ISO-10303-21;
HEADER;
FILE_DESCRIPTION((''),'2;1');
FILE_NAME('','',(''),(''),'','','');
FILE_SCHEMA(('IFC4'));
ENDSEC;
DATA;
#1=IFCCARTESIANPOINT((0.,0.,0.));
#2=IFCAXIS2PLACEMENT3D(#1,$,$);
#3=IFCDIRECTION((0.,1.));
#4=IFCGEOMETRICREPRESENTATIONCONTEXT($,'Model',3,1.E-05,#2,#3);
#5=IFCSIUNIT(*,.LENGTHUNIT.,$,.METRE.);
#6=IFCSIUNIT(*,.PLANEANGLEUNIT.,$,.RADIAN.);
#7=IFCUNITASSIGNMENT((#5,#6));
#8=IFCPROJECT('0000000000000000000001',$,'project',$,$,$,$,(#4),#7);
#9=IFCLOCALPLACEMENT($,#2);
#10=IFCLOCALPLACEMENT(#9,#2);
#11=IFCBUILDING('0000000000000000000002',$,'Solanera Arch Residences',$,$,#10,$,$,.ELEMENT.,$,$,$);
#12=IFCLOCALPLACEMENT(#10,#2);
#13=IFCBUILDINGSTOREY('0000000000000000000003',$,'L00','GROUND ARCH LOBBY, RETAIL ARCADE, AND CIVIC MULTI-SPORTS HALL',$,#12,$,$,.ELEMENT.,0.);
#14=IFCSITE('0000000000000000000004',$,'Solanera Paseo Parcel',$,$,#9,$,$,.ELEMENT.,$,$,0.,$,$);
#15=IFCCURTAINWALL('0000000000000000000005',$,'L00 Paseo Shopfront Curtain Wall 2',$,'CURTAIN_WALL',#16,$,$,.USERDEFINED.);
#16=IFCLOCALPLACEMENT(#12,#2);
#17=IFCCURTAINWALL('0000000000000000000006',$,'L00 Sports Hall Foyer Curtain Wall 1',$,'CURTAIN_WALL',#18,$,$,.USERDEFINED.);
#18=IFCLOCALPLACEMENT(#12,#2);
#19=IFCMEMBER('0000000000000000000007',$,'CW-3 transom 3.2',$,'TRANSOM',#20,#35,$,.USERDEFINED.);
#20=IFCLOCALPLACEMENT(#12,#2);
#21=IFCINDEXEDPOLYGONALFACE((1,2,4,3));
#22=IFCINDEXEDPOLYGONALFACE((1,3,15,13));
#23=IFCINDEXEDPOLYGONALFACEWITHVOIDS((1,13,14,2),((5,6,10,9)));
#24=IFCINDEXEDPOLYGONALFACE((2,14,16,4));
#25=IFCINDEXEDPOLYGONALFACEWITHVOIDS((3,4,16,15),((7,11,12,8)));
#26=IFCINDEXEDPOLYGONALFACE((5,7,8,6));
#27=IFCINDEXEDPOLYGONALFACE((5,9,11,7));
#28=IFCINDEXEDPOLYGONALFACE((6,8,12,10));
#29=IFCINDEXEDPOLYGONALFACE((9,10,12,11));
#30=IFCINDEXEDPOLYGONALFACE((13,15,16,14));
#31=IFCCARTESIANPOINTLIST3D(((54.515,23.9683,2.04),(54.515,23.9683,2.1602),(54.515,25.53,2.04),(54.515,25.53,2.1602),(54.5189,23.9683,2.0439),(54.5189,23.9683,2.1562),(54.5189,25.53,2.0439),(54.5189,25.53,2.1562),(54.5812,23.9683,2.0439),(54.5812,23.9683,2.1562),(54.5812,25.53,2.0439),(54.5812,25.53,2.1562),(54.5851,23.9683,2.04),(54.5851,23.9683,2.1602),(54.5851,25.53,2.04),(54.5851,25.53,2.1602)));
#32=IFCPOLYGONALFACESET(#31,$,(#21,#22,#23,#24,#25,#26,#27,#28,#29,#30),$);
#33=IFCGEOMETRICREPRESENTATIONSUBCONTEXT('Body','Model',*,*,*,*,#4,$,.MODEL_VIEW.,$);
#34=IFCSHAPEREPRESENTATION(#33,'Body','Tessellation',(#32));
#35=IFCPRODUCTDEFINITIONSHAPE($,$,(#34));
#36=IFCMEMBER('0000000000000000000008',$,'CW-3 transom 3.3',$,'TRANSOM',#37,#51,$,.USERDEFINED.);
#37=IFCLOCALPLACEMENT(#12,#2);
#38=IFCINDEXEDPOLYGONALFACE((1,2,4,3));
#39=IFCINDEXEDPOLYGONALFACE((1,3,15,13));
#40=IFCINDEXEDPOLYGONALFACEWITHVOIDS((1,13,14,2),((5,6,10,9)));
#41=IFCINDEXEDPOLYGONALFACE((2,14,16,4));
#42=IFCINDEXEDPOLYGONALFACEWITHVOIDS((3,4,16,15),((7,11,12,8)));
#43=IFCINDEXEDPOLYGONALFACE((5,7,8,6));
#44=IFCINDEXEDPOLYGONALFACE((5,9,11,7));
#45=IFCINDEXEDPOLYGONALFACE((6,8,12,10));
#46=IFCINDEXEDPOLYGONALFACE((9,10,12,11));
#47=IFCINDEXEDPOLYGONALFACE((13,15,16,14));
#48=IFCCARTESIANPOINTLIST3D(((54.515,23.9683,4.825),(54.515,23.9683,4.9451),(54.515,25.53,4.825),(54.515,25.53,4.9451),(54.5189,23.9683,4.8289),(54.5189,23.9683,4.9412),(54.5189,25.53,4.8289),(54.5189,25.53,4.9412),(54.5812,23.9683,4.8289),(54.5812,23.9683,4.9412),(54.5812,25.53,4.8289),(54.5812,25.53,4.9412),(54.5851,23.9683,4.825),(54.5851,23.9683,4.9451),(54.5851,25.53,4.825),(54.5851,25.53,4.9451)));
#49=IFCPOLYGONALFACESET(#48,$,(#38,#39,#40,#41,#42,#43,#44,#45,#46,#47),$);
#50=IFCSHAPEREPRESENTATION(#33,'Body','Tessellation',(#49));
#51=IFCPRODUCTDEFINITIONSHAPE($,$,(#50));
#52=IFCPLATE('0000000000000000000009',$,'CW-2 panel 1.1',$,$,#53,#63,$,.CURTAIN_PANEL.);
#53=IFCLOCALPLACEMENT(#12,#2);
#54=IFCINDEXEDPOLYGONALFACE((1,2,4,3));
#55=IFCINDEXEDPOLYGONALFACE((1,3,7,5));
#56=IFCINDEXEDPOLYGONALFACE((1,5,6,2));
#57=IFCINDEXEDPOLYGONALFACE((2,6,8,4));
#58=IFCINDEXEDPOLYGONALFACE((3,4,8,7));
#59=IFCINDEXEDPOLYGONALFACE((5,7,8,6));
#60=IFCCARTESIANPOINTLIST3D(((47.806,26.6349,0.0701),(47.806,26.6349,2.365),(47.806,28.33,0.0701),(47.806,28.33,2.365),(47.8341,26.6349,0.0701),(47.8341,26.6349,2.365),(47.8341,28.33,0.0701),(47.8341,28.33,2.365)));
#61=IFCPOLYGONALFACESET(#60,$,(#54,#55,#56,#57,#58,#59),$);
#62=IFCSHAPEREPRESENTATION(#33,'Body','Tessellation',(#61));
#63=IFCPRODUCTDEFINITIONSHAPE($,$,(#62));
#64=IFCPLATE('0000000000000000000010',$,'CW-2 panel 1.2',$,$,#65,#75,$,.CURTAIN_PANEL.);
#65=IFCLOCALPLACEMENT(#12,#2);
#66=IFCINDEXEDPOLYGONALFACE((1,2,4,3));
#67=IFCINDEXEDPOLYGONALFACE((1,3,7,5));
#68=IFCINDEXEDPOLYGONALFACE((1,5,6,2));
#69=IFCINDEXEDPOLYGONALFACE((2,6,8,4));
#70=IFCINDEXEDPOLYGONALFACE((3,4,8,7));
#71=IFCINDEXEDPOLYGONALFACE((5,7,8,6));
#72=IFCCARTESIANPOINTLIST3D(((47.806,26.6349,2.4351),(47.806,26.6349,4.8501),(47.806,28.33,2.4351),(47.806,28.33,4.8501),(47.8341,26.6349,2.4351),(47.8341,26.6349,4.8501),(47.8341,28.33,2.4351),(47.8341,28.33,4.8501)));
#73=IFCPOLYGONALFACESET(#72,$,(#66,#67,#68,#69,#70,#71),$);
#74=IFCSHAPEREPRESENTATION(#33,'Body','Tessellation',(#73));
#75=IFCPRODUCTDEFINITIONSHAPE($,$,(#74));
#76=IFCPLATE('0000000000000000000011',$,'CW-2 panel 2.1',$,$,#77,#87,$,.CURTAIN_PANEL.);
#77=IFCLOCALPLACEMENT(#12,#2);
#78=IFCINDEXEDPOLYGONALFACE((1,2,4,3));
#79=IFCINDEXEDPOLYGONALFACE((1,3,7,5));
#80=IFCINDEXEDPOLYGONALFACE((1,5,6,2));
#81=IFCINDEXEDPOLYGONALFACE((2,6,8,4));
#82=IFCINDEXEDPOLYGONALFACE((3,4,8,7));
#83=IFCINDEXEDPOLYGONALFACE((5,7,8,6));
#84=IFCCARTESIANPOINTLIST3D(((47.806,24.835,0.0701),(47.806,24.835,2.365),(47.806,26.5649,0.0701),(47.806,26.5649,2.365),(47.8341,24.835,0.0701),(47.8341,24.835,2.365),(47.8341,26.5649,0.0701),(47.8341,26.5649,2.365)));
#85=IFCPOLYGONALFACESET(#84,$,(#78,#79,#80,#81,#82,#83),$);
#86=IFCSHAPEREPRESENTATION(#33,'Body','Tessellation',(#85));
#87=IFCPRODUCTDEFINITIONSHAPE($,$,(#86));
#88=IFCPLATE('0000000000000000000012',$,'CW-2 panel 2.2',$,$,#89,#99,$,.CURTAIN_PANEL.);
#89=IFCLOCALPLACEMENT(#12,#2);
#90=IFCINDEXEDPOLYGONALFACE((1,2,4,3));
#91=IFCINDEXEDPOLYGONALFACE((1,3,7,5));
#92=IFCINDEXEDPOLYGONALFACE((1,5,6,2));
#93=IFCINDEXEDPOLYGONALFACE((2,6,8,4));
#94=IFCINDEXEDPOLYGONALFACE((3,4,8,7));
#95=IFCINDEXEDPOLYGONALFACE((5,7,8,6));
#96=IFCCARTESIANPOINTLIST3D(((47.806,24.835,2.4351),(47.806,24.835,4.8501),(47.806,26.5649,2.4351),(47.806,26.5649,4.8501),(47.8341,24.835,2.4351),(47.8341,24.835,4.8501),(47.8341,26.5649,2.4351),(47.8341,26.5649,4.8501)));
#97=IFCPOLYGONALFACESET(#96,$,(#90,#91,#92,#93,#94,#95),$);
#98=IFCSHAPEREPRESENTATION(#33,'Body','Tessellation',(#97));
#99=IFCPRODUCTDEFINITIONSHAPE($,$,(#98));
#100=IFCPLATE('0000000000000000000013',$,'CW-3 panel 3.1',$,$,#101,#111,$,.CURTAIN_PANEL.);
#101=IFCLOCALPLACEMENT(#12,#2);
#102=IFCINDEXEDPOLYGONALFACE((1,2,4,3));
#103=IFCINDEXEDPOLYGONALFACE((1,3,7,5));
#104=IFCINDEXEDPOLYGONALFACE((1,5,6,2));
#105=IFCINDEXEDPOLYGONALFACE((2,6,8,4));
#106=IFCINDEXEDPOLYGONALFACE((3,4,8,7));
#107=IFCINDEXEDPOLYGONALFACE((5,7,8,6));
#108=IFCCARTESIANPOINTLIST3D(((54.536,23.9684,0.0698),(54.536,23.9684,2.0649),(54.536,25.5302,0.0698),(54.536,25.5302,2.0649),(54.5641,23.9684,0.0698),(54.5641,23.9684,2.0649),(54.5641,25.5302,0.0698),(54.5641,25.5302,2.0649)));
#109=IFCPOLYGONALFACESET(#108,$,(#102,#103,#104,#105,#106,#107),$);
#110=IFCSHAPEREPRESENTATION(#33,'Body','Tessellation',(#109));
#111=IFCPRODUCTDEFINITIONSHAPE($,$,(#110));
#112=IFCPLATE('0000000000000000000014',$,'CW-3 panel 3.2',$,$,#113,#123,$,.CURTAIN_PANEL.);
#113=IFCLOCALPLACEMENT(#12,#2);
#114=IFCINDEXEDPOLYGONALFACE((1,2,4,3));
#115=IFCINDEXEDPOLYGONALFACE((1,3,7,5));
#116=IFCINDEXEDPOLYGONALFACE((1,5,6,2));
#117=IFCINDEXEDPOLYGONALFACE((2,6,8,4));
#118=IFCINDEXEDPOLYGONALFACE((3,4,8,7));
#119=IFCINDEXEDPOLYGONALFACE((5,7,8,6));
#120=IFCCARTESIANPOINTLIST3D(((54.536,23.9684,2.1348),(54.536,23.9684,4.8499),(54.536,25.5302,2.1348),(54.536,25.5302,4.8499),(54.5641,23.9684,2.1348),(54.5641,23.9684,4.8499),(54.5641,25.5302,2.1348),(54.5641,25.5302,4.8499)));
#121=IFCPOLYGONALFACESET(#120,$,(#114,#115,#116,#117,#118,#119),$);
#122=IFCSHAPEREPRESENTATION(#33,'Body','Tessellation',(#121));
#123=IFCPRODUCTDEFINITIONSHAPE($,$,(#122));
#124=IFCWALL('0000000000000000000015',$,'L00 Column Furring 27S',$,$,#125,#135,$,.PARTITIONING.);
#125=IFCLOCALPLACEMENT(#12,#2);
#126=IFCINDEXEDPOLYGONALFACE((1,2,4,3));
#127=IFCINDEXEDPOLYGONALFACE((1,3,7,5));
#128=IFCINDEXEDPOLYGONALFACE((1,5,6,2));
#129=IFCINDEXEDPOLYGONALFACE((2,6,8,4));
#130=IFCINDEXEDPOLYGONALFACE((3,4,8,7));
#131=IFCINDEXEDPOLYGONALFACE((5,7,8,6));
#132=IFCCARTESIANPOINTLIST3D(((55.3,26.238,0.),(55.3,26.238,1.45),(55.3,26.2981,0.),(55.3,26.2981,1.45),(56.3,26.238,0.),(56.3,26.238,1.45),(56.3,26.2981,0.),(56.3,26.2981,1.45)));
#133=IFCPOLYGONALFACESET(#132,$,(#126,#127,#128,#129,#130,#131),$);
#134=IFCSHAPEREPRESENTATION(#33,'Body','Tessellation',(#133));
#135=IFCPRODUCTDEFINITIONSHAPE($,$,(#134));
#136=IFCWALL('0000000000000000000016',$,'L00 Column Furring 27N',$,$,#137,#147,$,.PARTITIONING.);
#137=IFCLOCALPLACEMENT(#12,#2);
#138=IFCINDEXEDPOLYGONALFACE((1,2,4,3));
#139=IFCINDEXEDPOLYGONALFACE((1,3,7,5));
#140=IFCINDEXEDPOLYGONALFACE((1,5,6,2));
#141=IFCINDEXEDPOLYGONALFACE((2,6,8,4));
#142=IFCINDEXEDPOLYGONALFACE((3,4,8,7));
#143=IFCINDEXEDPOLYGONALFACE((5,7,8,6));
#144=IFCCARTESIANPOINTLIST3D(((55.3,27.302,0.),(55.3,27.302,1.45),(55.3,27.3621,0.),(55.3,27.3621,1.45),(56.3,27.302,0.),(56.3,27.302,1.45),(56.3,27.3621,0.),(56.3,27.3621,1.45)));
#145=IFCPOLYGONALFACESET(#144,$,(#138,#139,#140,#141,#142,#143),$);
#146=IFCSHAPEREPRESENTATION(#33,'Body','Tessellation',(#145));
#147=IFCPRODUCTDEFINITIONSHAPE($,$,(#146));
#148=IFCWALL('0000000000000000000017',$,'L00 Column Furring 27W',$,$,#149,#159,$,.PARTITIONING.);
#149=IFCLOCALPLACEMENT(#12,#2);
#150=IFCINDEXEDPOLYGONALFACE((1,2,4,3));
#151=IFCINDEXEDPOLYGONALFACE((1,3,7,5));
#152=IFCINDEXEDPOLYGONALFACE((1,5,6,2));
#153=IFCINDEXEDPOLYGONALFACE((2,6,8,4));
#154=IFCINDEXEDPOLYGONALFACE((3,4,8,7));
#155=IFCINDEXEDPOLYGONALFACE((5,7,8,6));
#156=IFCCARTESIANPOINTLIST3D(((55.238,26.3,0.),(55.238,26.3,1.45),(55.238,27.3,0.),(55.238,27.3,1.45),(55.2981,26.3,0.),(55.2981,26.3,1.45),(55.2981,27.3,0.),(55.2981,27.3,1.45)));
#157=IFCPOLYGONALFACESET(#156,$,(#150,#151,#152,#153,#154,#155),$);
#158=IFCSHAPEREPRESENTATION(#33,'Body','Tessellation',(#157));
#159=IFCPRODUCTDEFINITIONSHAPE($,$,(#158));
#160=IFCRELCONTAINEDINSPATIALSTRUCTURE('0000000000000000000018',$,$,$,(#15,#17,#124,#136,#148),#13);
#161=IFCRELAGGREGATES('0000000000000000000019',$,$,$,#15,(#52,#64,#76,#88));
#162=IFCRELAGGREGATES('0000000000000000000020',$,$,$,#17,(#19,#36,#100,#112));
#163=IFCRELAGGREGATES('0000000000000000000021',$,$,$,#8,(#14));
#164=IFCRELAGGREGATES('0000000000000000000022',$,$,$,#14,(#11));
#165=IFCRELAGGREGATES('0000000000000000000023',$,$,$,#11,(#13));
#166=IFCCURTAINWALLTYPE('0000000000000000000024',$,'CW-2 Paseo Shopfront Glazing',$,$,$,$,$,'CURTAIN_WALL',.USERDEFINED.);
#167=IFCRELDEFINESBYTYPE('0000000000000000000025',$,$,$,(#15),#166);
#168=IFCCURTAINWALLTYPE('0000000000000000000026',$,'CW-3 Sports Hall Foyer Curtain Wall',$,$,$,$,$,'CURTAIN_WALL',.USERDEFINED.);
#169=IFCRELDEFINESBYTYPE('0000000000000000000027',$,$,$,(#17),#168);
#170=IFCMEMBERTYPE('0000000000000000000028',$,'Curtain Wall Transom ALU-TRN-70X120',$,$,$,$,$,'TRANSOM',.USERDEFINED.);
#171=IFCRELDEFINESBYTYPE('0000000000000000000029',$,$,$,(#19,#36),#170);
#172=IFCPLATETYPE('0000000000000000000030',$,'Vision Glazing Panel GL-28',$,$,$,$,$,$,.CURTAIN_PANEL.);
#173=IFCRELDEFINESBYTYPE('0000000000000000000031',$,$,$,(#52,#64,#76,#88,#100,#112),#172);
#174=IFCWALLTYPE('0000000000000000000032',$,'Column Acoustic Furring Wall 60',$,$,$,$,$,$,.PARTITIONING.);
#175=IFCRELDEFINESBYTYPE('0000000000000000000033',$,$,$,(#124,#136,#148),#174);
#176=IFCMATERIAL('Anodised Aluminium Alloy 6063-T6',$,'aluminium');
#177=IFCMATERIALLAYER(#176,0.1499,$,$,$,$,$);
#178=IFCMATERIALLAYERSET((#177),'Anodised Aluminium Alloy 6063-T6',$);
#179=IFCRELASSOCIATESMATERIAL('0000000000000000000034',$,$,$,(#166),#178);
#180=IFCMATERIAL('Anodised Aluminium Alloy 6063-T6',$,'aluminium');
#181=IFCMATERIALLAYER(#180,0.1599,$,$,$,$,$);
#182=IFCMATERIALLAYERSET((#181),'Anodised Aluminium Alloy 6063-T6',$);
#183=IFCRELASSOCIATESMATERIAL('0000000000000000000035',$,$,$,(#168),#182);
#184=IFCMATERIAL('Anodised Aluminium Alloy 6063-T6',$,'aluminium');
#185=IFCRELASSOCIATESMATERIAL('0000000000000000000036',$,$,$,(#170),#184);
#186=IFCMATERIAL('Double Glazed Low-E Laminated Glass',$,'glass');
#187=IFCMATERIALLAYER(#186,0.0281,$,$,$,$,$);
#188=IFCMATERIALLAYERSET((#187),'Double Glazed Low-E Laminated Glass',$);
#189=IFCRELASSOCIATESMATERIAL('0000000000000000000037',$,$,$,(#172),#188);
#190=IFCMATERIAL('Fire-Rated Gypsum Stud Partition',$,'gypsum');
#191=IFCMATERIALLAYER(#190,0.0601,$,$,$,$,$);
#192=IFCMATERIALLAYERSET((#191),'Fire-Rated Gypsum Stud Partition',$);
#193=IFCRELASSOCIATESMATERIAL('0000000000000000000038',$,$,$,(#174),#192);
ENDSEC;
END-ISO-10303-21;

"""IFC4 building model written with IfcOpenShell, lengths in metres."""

from ifc_helpers import new_model, si_unit, direction, frame, frame_2d, origin, origin_2d, place, context, subcontext, project, spatial, rectangle, hollow_rectangle, extrude, material, layer, layer_set, material_profile, profile_set, type_object, element, aggregate, save


model = new_model("IFC4")

# Units and contexts
model_context = context("Model", 3, precision=1e-05, world=origin(), true_north=direction((0.0, 1.0)))
body_context = subcontext(model_context, "Body", "Model", "MODEL_VIEW")
ifc_project = project(units=[si_unit("LENGTHUNIT", "METRE"), si_unit("PLANEANGLEUNIT", "RADIAN")], contexts=[model_context])

# Site, building, storey
site_placement = place(None, origin())
site = spatial("IfcSite", under=ifc_project, at=site_placement, Name="Solanera Paseo Parcel", CompositionType="ELEMENT", RefElevation=0.0)
building_placement = place(site_placement, origin())
building = spatial("IfcBuilding", under=site, at=building_placement, Name="Solanera Arch Residences", CompositionType="ELEMENT")
storey_placement = place(building_placement, origin())
storey = spatial("IfcBuildingStorey", under=building, at=storey_placement, Name="L00", Description="GROUND ARCH LOBBY, RETAIL ARCADE, AND CIVIC MULTI-SPORTS HALL", CompositionType="ELEMENT", Elevation=0.0)

# Curtain walls
ifc_material_1 = material(Name="Anodised Aluminium Alloy 6063-T6", Category="aluminium")
ifc_layer_1 = layer(ifc_material_1, 0.1499)
ifc_layer_set_1 = layer_set([ifc_layer_1], Name="Anodised Aluminium Alloy 6063-T6")
curtain_wall_type_1 = type_object("IfcCurtainWallType", Name="CW-2 Paseo Shopfront Glazing", ElementType="CURTAIN_WALL", PredefinedType="USERDEFINED", material=ifc_layer_set_1)
curtain_wall_1_placement = place(storey_placement, origin())
curtain_wall_1 = element("IfcCurtainWall", 1, at=curtain_wall_1_placement, inside=storey, type_object=curtain_wall_type_1, Name="L00 Paseo Shopfront Curtain Wall 2", ObjectType="CURTAIN_WALL", PredefinedType="USERDEFINED")
ifc_material_2 = material(Name="Anodised Aluminium Alloy 6063-T6", Category="aluminium")
ifc_layer_2 = layer(ifc_material_2, 0.1599)
ifc_layer_set_2 = layer_set([ifc_layer_2], Name="Anodised Aluminium Alloy 6063-T6")
curtain_wall_type_2 = type_object("IfcCurtainWallType", Name="CW-3 Sports Hall Foyer Curtain Wall", ElementType="CURTAIN_WALL", PredefinedType="USERDEFINED", material=ifc_layer_set_2)
curtain_wall_2_placement = place(storey_placement, origin())
curtain_wall_2 = element("IfcCurtainWall", 2, at=curtain_wall_2_placement, inside=storey, type_object=curtain_wall_type_2, Name="L00 Sports Hall Foyer Curtain Wall 1", ObjectType="CURTAIN_WALL", PredefinedType="USERDEFINED")

# Members
ifc_material_3 = material(Name="Anodised Aluminium Alloy 6063-T6", Category="aluminium")
ifc_material_profile_1 = material_profile(ifc_material_3, hollow_rectangle(XDim=0.0701, YDim=0.1201, WallThickness=0.0039, at=origin_2d()))
ifc_profile_set_1 = profile_set([ifc_material_profile_1], Name="Anodised Aluminium Alloy 6063-T6")
member_type_1 = type_object("IfcMemberType", Name="Curtain Wall Transom ALU-TRN-70X120", ElementType="TRANSOM", PredefinedType="USERDEFINED", material=ifc_profile_set_1)
member_1_placement = place(storey_placement, frame((54.55, 23.9683, 2.1001), z_axis=(0.0, 1.0, 0.0), x_axis=(-1.0, 0.0, 0.0)))
member_1 = element("IfcMember", 3, at=member_1_placement, type_object=member_type_1, Name="CW-3 transom 3.2", ObjectType="TRANSOM", PredefinedType="USERDEFINED", context=body_context, shape_type="SweptSolid", body=[
    extrude(hollow_rectangle(XDim=0.0701, YDim=0.1201, WallThickness=0.0039, at=origin_2d()), origin(), (0.0, 0.0, 1.0), 1.5618),
])
member_2_placement = place(storey_placement, frame((54.55, 23.9683, 4.885), z_axis=(0.0, 1.0, 0.0), x_axis=(-1.0, 0.0, 0.0)))
member_2 = element("IfcMember", 4, at=member_2_placement, type_object=member_type_1, Name="CW-3 transom 3.3", ObjectType="TRANSOM", PredefinedType="USERDEFINED", context=body_context, shape_type="SweptSolid", body=[
    extrude(hollow_rectangle(XDim=0.0701, YDim=0.1201, WallThickness=0.0039, at=origin_2d()), origin(), (0.0, 0.0, 1.0), 1.5618),
])

# Plates
ifc_material_4 = material(Name="Double Glazed Low-E Laminated Glass", Category="glass")
ifc_layer_3 = layer(ifc_material_4, 0.0281)
ifc_layer_set_3 = layer_set([ifc_layer_3], Name="Double Glazed Low-E Laminated Glass")
plate_type = type_object("IfcPlateType", Name="Vision Glazing Panel GL-28", PredefinedType="CURTAIN_PANEL", material=ifc_layer_set_3)
plate_1_placement = place(storey_placement, frame((47.8201, 27.4824, 0.0701), z_axis=(0.0, 0.0, 1.0), x_axis=(0.0, -1.0, 0.0)))
plate_1 = element("IfcPlate", 5, at=plate_1_placement, type_object=plate_type, Name="CW-2 panel 1.1", PredefinedType="CURTAIN_PANEL", context=body_context, shape_type="SweptSolid", body=[
    extrude(rectangle(XDim=1.6951, YDim=0.0281, at=origin_2d()), origin(), (0.0, 0.0, 1.0), 2.2949),
])
plate_2_placement = place(storey_placement, frame((47.8201, 27.4824, 2.4351), z_axis=(0.0, 0.0, 1.0), x_axis=(0.0, -1.0, 0.0)))
plate_2 = element("IfcPlate", 6, at=plate_2_placement, type_object=plate_type, Name="CW-2 panel 1.2", PredefinedType="CURTAIN_PANEL", context=body_context, shape_type="SweptSolid", body=[
    extrude(rectangle(XDim=1.6951, YDim=0.0281, at=origin_2d()), origin(), (0.0, 0.0, 1.0), 2.415),
])
plate_3_placement = place(storey_placement, frame((47.8201, 25.7, 0.0701), z_axis=(0.0, 0.0, 1.0), x_axis=(0.0, -1.0, 0.0)))
plate_3 = element("IfcPlate", 7, at=plate_3_placement, type_object=plate_type, Name="CW-2 panel 2.1", PredefinedType="CURTAIN_PANEL", context=body_context, shape_type="SweptSolid", body=[
    extrude(rectangle(XDim=1.73, YDim=0.0281, at=origin_2d()), origin(), (0.0, 0.0, 1.0), 2.2949),
])
plate_4_placement = place(storey_placement, frame((47.8201, 25.7, 2.4351), z_axis=(0.0, 0.0, 1.0), x_axis=(0.0, -1.0, 0.0)))
plate_4 = element("IfcPlate", 8, at=plate_4_placement, type_object=plate_type, Name="CW-2 panel 2.2", PredefinedType="CURTAIN_PANEL", context=body_context, shape_type="SweptSolid", body=[
    extrude(rectangle(XDim=1.73, YDim=0.0281, at=origin_2d()), origin(), (0.0, 0.0, 1.0), 2.415),
])
aggregate(curtain_wall_1, [plate_1, plate_2, plate_3, plate_4])
plate_5_placement = place(storey_placement, frame((54.55, 24.7493, 0.0698), z_axis=(0.0, 0.0, 1.0), x_axis=(0.0, 1.0, 0.0)))
plate_5 = element("IfcPlate", 9, at=plate_5_placement, type_object=plate_type, Name="CW-3 panel 3.1", PredefinedType="CURTAIN_PANEL", context=body_context, shape_type="SweptSolid", body=[
    extrude(rectangle(XDim=1.5618, YDim=0.0281, at=origin_2d()), origin(), (0.0, 0.0, 1.0), 1.9951),
])
plate_6_placement = place(storey_placement, frame((54.55, 24.7493, 2.1348), z_axis=(0.0, 0.0, 1.0), x_axis=(0.0, 1.0, 0.0)))
plate_6 = element("IfcPlate", 10, at=plate_6_placement, type_object=plate_type, Name="CW-3 panel 3.2", PredefinedType="CURTAIN_PANEL", context=body_context, shape_type="SweptSolid", body=[
    extrude(rectangle(XDim=1.5618, YDim=0.0281, at=origin_2d()), origin(), (0.0, 0.0, 1.0), 2.7151),
])
aggregate(curtain_wall_2, [member_1, member_2, plate_5, plate_6])

# Walls
ifc_material_5 = material(Name="Fire-Rated Gypsum Stud Partition", Category="gypsum")
ifc_layer_4 = layer(ifc_material_5, 0.0601)
ifc_layer_set_4 = layer_set([ifc_layer_4], Name="Fire-Rated Gypsum Stud Partition")
wall_type_1 = type_object("IfcWallType", Name="Column Acoustic Furring Wall 60", PredefinedType="PARTITIONING", material=ifc_layer_set_4)
for number, where, z_axis, x_axis, name in (
    (11, (55.3, 26.2681, 0.0), (0.0, 0.0, 1.0), (1.0, 0.0, 0.0), "L00 Column Furring 27S"),
    (12, (55.3, 27.332, 0.0), (0.0, 0.0, 1.0), (1.0, 0.0, 0.0), "L00 Column Furring 27N"),
    (13, (55.2681, 26.3, 0.0), (0.0, 0.0, 1.0), (0.0, 1.0, 0.0), "L00 Column Furring 27W"),
):
    element("IfcWall", number, at=place(storey_placement, frame(where, z_axis=z_axis, x_axis=x_axis)), inside=storey, type_object=wall_type_1, Name=name, PredefinedType="PARTITIONING", context=body_context, shape_type="SweptSolid", body=[
        extrude(rectangle(XDim=1.0, YDim=0.0601, at=frame_2d((0.5, 0.0))), origin(), (0.0, 0.0, 1.0), 1.45),
    ])

save(model, "model.ifc")
